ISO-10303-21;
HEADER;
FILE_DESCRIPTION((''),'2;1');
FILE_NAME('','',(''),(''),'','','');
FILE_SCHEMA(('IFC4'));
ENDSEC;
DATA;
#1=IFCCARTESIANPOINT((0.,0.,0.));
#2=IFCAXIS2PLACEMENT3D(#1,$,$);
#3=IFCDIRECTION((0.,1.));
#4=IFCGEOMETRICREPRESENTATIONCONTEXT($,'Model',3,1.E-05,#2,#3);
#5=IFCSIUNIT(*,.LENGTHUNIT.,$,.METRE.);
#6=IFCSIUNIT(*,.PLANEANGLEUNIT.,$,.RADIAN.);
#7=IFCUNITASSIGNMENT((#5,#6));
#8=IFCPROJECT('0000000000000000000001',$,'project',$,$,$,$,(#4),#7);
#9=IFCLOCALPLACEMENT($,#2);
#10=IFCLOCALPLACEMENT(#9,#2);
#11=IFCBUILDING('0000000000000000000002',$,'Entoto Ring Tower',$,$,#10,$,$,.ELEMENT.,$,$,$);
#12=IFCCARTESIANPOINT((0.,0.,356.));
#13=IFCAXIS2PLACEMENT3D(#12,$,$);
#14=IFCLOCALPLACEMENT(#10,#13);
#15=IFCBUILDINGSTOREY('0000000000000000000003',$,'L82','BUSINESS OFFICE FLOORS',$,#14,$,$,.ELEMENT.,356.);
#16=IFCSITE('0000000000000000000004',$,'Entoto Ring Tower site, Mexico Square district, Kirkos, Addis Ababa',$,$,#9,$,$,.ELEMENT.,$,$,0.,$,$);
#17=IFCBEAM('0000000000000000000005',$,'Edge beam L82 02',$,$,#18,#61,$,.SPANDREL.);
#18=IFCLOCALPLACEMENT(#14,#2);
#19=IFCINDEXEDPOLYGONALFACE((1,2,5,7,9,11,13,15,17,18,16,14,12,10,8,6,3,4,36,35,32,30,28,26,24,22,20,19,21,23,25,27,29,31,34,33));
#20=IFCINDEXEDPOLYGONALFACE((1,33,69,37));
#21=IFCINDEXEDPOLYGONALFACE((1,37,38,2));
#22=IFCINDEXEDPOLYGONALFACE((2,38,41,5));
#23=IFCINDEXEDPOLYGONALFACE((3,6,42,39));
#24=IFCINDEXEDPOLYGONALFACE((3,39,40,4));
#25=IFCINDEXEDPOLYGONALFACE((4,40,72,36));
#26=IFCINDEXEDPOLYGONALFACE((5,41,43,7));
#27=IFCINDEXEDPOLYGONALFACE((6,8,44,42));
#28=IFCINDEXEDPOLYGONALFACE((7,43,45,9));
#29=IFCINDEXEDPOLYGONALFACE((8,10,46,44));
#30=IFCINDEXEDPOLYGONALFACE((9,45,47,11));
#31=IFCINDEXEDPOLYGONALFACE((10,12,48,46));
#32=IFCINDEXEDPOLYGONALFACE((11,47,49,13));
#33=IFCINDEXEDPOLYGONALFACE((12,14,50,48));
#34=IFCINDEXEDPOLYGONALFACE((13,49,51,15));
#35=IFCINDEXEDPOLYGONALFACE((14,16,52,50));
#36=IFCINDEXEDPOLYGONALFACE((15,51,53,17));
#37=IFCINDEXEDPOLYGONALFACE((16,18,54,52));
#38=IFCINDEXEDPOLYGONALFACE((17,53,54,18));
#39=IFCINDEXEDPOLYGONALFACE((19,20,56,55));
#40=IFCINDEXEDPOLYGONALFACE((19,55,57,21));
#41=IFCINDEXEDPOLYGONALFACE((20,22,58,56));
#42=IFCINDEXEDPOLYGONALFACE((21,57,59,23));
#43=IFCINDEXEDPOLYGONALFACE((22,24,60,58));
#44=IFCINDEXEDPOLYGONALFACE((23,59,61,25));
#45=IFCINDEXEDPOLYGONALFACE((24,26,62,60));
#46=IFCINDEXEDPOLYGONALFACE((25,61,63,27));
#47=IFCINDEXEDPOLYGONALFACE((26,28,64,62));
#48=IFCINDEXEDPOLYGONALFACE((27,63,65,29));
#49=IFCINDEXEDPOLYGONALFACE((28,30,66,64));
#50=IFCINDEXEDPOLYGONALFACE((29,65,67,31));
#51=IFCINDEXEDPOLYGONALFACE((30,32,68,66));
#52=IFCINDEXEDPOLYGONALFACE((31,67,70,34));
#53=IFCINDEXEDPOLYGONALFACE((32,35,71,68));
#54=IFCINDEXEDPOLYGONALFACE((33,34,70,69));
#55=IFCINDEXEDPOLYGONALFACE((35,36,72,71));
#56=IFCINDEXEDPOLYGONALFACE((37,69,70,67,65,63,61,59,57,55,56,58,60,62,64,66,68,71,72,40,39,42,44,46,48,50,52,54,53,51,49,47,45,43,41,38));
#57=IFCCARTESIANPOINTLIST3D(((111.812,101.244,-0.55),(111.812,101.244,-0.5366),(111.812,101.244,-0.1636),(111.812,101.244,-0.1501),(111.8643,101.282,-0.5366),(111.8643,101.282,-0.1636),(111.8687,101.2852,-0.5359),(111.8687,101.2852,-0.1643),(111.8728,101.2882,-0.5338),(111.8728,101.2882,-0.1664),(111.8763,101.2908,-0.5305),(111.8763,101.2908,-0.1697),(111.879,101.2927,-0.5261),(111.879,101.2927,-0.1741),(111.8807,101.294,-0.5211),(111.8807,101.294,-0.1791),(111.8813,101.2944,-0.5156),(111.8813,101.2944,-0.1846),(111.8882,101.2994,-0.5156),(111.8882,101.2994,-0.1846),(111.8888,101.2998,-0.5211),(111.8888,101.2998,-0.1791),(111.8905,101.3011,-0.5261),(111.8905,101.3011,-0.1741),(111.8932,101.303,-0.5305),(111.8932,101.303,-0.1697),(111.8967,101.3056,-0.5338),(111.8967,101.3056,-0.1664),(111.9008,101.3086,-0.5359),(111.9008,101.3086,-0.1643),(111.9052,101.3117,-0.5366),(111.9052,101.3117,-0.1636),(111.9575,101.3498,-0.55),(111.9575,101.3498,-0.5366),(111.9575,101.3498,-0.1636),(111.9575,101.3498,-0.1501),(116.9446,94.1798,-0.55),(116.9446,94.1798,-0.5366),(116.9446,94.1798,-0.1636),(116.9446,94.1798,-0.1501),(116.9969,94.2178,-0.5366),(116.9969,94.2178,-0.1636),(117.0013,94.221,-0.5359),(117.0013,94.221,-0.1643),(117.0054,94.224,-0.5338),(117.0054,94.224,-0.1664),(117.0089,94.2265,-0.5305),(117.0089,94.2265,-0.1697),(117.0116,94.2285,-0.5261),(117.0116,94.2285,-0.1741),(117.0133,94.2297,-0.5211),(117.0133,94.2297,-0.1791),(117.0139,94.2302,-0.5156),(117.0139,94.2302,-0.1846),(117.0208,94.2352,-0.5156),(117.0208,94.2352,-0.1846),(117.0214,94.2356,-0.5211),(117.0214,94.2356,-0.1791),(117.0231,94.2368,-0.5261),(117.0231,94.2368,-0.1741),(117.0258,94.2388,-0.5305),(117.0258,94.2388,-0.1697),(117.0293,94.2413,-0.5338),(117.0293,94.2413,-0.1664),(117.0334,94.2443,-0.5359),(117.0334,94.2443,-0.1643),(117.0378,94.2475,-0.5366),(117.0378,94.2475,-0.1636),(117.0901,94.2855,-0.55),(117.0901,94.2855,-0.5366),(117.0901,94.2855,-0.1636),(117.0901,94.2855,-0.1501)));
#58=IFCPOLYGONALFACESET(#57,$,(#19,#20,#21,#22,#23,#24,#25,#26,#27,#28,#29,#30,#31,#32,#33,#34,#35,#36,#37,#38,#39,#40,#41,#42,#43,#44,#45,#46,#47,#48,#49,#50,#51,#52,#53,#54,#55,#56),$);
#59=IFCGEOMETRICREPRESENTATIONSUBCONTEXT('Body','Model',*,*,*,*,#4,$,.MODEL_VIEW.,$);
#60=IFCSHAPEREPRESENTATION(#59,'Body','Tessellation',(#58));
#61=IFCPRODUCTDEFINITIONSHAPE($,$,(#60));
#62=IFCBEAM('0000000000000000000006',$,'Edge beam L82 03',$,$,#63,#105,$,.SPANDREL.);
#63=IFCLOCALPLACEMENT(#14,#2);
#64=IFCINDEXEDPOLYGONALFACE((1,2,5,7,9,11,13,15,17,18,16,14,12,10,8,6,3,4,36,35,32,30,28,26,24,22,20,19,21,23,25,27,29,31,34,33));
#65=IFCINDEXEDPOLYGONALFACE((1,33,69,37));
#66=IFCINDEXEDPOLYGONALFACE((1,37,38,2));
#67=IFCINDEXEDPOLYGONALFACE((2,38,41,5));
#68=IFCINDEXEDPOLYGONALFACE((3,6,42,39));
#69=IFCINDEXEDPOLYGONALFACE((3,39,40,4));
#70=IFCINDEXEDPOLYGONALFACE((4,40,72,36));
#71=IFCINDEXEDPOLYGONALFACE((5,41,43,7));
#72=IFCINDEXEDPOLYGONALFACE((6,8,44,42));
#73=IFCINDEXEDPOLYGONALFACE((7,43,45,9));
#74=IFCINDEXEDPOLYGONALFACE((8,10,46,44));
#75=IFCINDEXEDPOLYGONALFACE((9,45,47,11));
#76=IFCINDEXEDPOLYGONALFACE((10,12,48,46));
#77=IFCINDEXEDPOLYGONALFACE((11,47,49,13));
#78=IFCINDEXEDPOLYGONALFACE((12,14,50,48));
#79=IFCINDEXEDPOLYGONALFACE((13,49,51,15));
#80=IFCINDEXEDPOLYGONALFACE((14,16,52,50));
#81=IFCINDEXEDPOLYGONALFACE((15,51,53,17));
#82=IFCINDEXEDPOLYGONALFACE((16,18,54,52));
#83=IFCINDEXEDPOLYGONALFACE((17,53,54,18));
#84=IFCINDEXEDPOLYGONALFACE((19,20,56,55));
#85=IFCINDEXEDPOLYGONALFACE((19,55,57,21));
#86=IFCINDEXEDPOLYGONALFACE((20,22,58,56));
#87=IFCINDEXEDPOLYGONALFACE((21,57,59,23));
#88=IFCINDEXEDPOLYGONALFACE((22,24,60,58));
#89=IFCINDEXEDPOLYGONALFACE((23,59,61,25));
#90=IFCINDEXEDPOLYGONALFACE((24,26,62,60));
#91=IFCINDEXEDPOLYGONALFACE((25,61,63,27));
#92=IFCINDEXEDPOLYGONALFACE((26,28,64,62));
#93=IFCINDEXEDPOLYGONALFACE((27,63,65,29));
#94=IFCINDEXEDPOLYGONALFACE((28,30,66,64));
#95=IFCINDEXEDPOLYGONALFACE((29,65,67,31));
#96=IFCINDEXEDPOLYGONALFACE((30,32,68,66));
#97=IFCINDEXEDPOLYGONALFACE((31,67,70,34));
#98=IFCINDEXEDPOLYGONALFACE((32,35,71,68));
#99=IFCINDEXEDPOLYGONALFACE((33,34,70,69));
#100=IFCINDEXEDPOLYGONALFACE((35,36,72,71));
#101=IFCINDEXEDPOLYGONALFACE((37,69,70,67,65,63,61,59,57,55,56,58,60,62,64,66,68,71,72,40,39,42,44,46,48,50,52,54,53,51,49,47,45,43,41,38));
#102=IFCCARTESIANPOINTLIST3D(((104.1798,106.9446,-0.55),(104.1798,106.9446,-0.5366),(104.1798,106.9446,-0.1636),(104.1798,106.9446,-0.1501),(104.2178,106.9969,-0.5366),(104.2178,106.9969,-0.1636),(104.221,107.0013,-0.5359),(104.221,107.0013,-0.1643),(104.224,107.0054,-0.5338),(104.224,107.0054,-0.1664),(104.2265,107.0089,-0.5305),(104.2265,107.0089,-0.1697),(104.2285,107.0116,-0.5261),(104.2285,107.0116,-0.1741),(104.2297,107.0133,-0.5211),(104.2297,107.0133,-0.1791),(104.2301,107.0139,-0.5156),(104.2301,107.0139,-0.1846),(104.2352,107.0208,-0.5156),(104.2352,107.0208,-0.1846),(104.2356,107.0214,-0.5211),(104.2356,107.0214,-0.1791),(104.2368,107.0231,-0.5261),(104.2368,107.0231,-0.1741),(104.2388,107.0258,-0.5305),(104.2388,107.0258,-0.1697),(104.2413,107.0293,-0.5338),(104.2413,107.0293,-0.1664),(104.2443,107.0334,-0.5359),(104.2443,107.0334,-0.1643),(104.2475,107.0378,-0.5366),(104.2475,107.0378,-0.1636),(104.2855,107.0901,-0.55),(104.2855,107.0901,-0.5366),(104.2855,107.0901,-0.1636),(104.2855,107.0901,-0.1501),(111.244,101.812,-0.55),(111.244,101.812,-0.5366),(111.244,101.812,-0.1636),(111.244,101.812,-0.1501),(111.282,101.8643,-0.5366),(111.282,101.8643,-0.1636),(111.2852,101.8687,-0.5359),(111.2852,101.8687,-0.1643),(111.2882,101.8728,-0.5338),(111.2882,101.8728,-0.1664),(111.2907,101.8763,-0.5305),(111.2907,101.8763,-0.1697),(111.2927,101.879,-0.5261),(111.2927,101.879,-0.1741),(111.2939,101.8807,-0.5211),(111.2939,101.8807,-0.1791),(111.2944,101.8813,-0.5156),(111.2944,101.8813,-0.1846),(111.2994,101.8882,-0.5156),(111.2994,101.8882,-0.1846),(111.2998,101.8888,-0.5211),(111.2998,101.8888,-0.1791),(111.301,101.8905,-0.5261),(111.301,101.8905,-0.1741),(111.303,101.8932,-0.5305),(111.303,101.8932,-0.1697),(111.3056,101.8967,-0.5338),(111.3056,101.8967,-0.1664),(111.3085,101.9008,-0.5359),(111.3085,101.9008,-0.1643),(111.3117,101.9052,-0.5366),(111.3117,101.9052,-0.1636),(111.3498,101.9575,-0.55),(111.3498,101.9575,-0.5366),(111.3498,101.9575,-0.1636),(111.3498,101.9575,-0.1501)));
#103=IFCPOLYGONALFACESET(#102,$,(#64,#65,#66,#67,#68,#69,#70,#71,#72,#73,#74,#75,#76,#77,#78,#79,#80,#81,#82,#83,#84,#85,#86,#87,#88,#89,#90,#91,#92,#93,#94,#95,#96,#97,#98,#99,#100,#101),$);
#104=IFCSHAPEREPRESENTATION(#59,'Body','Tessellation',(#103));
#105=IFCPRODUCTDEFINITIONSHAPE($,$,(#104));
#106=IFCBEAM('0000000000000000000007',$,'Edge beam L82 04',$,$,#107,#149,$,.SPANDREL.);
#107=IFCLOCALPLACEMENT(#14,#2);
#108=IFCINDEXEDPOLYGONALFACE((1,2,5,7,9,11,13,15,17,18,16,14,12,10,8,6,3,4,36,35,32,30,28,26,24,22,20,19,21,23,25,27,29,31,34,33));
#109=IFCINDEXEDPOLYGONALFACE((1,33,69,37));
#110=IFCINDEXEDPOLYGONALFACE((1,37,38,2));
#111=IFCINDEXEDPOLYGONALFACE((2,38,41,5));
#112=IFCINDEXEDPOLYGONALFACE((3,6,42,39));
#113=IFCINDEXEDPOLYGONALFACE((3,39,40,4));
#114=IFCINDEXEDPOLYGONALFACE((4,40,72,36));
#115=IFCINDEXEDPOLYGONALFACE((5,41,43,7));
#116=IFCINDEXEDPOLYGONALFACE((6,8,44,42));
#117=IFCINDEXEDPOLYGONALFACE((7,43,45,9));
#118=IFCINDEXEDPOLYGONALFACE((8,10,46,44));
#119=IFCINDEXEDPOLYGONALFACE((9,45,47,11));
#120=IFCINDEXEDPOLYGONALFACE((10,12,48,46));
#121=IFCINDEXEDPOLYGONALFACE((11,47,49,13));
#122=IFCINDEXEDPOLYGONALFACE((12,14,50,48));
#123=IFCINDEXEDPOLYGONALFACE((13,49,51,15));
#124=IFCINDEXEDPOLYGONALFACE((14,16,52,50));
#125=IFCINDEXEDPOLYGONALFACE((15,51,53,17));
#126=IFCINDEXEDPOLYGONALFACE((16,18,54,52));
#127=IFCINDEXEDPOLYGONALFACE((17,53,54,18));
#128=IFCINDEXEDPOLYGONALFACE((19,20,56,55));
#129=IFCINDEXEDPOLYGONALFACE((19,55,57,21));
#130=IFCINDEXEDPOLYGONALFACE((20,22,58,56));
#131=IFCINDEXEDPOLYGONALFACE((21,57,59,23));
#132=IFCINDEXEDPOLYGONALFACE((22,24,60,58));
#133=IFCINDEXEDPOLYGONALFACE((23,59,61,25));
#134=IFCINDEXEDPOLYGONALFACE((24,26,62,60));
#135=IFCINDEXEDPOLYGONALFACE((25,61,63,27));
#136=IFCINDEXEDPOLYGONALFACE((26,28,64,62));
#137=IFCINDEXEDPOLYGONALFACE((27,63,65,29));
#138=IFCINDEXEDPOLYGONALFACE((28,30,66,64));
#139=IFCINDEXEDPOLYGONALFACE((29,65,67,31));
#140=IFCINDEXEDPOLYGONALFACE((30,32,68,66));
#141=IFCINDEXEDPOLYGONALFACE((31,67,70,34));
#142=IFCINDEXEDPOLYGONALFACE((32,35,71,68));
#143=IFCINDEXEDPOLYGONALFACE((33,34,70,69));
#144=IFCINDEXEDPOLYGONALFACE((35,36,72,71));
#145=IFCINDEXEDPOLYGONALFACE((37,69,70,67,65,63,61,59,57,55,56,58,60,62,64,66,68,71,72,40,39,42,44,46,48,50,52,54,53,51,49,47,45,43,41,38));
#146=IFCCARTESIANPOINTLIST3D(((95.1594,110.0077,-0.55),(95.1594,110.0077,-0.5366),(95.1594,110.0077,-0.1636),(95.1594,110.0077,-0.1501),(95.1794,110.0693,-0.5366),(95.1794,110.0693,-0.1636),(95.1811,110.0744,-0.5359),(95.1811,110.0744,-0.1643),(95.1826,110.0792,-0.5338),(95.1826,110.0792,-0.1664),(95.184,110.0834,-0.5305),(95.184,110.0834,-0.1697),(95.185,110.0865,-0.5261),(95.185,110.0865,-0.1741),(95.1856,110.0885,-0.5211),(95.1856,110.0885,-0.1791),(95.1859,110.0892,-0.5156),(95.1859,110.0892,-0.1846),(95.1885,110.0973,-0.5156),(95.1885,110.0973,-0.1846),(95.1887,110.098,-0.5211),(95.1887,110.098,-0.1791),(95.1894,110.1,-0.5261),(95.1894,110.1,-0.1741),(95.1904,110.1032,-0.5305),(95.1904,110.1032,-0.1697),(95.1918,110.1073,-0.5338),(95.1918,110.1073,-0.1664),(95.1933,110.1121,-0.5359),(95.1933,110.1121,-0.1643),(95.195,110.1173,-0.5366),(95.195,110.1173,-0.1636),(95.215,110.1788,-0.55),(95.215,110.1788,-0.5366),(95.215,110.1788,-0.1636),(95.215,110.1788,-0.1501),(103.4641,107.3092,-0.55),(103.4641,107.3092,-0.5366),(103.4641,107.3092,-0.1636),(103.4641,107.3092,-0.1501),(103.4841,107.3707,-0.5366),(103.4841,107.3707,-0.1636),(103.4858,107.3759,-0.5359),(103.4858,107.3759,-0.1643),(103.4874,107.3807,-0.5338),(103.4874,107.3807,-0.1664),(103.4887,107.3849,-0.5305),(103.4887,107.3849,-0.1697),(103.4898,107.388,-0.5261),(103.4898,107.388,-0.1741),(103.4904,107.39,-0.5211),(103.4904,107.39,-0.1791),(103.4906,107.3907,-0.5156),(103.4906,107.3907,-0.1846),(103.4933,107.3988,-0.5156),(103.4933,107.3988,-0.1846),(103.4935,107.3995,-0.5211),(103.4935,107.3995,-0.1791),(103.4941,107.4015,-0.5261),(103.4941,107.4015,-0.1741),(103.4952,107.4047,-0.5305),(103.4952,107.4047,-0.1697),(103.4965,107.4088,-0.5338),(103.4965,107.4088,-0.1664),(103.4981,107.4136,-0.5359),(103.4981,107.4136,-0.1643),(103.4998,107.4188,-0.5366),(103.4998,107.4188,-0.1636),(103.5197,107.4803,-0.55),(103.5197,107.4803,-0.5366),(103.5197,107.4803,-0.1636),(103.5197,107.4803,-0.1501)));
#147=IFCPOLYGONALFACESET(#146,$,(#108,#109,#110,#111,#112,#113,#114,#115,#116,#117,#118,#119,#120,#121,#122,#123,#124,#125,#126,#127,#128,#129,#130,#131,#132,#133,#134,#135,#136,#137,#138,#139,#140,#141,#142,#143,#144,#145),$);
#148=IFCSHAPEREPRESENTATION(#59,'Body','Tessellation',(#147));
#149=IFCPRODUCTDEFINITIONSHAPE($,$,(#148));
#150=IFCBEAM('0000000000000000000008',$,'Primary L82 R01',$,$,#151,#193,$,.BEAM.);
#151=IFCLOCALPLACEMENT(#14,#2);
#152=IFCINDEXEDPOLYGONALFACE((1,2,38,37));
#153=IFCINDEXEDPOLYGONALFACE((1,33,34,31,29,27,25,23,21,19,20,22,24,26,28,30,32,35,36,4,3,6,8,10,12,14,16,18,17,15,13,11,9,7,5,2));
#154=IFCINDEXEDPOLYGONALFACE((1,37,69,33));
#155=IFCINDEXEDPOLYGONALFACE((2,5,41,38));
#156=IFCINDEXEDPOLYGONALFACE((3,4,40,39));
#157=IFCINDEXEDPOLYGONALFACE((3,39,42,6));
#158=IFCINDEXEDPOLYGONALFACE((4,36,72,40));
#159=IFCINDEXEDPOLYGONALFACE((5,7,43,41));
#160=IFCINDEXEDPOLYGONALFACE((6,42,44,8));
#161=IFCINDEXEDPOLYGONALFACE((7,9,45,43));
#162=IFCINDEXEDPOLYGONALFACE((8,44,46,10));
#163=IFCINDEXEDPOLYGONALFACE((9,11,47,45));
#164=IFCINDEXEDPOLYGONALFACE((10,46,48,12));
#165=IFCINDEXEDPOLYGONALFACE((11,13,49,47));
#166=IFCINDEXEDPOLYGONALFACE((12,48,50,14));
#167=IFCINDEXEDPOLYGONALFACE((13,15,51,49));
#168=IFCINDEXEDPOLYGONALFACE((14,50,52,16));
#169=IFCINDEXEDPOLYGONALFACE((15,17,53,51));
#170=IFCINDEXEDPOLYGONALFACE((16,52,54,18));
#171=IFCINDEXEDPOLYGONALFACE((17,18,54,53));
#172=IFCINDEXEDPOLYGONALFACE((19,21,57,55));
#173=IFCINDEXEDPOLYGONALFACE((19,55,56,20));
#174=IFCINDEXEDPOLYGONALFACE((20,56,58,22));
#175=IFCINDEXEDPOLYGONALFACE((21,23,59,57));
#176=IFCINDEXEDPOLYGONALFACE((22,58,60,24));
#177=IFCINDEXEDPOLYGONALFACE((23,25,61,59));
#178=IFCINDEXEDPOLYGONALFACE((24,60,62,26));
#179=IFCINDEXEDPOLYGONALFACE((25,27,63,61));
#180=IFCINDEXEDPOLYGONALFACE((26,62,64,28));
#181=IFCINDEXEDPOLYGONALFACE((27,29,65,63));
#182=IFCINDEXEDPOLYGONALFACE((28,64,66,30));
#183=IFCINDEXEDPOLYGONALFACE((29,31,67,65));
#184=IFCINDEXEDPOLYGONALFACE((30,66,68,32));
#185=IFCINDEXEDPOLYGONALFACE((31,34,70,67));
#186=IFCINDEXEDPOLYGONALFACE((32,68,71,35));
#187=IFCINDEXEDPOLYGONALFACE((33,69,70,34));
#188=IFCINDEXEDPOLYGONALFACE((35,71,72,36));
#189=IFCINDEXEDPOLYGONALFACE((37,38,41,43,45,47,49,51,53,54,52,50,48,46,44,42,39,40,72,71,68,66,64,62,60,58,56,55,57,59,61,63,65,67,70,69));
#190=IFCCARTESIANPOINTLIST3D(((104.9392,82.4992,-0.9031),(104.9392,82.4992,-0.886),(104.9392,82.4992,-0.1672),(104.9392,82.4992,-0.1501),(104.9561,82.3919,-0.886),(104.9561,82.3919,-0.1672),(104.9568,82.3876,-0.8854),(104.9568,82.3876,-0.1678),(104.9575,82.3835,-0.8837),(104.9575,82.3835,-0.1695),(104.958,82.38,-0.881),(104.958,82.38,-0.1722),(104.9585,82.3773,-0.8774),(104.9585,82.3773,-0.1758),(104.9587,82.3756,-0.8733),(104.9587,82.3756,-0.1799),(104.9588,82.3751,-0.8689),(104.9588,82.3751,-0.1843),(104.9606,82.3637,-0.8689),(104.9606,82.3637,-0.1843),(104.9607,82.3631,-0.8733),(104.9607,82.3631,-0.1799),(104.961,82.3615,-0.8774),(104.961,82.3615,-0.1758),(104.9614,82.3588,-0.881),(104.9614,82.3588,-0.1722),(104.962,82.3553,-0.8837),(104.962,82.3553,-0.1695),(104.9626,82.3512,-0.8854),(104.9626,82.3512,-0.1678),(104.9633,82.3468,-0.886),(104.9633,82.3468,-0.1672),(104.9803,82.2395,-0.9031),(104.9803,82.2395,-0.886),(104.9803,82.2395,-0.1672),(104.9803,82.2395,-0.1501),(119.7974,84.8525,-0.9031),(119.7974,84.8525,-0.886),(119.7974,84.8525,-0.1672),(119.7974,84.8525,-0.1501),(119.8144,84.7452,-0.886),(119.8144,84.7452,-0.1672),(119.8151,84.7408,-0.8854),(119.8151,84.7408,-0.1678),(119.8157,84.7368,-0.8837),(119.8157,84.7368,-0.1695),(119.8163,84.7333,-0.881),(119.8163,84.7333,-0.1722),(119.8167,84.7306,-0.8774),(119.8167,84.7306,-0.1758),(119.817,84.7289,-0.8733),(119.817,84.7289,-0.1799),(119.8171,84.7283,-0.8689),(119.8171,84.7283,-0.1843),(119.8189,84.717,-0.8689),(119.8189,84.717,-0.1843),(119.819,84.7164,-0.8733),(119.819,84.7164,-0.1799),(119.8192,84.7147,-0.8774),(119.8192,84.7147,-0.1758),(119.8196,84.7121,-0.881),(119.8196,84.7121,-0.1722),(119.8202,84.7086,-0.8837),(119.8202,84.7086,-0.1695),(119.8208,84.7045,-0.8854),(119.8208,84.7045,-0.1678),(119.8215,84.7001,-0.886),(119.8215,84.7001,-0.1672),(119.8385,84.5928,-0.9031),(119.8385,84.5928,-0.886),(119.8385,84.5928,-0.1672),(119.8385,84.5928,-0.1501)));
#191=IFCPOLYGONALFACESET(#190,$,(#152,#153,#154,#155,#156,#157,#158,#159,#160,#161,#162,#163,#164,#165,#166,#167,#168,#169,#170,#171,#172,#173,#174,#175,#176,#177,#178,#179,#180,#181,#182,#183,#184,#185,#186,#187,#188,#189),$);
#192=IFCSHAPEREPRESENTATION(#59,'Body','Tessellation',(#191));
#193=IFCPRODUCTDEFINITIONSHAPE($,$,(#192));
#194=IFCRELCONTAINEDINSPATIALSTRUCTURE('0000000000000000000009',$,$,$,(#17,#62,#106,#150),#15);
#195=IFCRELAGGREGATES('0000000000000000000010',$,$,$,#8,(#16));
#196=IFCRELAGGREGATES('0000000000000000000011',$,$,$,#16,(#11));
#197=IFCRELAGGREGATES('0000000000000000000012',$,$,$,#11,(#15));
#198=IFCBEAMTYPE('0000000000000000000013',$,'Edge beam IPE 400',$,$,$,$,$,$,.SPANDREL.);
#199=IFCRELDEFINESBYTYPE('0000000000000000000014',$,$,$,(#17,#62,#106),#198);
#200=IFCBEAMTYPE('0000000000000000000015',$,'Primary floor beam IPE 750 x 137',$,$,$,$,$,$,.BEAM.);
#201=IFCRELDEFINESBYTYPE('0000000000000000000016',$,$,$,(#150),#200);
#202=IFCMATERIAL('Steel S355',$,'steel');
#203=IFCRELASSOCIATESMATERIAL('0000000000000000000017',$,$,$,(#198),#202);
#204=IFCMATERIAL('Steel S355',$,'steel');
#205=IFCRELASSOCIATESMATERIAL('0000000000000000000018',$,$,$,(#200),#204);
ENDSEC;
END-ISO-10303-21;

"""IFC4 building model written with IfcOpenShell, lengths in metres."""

from ifc_helpers import new_model, si_unit, direction, frame, origin, origin_2d, place, context, subcontext, project, spatial, i_section, extrude, material, material_profile, profile_set, type_object, element, save


model = new_model("IFC4")

# Units and contexts
model_context = context("Model", 3, precision=1e-05, world=origin(), true_north=direction((0.0, 1.0)))
body_context = subcontext(model_context, "Body", "Model", "MODEL_VIEW")
ifc_project = project(units=[si_unit("LENGTHUNIT", "METRE"), si_unit("PLANEANGLEUNIT", "RADIAN")], contexts=[model_context])

# Site, building, storey
site_placement = place(None, origin())
site = spatial("IfcSite", under=ifc_project, at=site_placement, Name="Entoto Ring Tower site, Mexico Square district, Kirkos, Addis Ababa", CompositionType="ELEMENT", RefElevation=0.0)
building_placement = place(site_placement, origin())
building = spatial("IfcBuilding", under=site, at=building_placement, Name="Entoto Ring Tower", CompositionType="ELEMENT")
storey_placement = place(building_placement, frame((0.0, 0.0, 356.0)))
storey = spatial("IfcBuildingStorey", under=building, at=storey_placement, Name="L82", Description="BUSINESS OFFICE FLOORS", CompositionType="ELEMENT", Elevation=356.0)

# Beams
ifc_material_1 = material(Name="Steel S355", Category="steel")
ifc_material_profile_1 = material_profile(ifc_material_1, i_section(OverallWidth=0.1799, OverallDepth=0.3999, WebThickness=0.0085, FlangeThickness=0.0134, FilletRadius=0.021, at=origin_2d()), Name="IPE 400")
ifc_profile_set_1 = profile_set([ifc_material_profile_1], Name="Steel S355")
beam_type_1 = type_object("IfcBeamType", Name="Edge beam IPE 400", PredefinedType="SPANDREL", material=ifc_profile_set_1)
for number, where, z_axis, x_axis, name in (
    (1, (117.0173, 94.2327, -0.3501), (-0.587794, 0.80901, 0.0), (-0.80901, -0.587794, 0.0), "Edge beam L82 02"),
    (2, (111.2969, 101.8848, -0.3501), (-0.80901, 0.587794, 0.0), (-0.587794, -0.80901, 0.0), "Edge beam L82 03"),
):
    element("IfcBeam", number, at=place(storey_placement, frame(where, z_axis=z_axis, x_axis=x_axis)), inside=storey, type_object=beam_type_1, Name=name, PredefinedType="SPANDREL", context=body_context, shape_type="SweptSolid", body=[
        extrude(i_section(OverallWidth=0.1799, OverallDepth=0.3999, WebThickness=0.0085, FlangeThickness=0.0134, FilletRadius=0.021, at=origin_2d()), origin(), (0.0, 0.0, 1.0), 8.7319),
    ])
beam_1_placement = place(storey_placement, frame((103.4919, 107.3948, -0.3501), z_axis=(-0.951052, 0.30903, 0.0), x_axis=(-0.30903, -0.951052, 0.0)))
element("IfcBeam", 3, at=beam_1_placement, inside=storey, type_object=beam_type_1, Name="Edge beam L82 04", PredefinedType="SPANDREL", context=body_context, shape_type="SweptSolid", body=[
    extrude(i_section(OverallWidth=0.1799, OverallDepth=0.3999, WebThickness=0.0085, FlangeThickness=0.0134, FilletRadius=0.021, at=origin_2d()), origin(), (0.0, 0.0, 1.0), 8.7322),
])
ifc_material_2 = material(Name="Steel S355", Category="steel")
ifc_material_profile_2 = material_profile(ifc_material_2, i_section(OverallWidth=0.2629, OverallDepth=0.7529, WebThickness=0.0115, FlangeThickness=0.0171, FilletRadius=0.0171, at=origin_2d()), Name="IPE 750 x 137")
ifc_profile_set_2 = profile_set([ifc_material_profile_2], Name="Steel S355")
beam_type_2 = type_object("IfcBeamType", Name="Primary floor beam IPE 750 x 137", PredefinedType="BEAM", material=ifc_profile_set_2)
beam_2_placement = place(storey_placement, frame((104.9597, 82.3694, -0.5266), z_axis=(0.987689, 0.156433, 0.0), x_axis=(-0.156433, 0.987689, 0.0)))
element("IfcBeam", 4, at=beam_2_placement, inside=storey, type_object=beam_type_2, Name="Primary L82 R01", PredefinedType="BEAM", context=body_context, shape_type="SweptSolid", body=[
    extrude(i_section(OverallWidth=0.2629, OverallDepth=0.7529, WebThickness=0.0115, FlangeThickness=0.0171, FilletRadius=0.0171, at=origin_2d()), origin(), (0.0, 0.0, 1.0), 15.0435),
])

save(model, "model.ifc")
